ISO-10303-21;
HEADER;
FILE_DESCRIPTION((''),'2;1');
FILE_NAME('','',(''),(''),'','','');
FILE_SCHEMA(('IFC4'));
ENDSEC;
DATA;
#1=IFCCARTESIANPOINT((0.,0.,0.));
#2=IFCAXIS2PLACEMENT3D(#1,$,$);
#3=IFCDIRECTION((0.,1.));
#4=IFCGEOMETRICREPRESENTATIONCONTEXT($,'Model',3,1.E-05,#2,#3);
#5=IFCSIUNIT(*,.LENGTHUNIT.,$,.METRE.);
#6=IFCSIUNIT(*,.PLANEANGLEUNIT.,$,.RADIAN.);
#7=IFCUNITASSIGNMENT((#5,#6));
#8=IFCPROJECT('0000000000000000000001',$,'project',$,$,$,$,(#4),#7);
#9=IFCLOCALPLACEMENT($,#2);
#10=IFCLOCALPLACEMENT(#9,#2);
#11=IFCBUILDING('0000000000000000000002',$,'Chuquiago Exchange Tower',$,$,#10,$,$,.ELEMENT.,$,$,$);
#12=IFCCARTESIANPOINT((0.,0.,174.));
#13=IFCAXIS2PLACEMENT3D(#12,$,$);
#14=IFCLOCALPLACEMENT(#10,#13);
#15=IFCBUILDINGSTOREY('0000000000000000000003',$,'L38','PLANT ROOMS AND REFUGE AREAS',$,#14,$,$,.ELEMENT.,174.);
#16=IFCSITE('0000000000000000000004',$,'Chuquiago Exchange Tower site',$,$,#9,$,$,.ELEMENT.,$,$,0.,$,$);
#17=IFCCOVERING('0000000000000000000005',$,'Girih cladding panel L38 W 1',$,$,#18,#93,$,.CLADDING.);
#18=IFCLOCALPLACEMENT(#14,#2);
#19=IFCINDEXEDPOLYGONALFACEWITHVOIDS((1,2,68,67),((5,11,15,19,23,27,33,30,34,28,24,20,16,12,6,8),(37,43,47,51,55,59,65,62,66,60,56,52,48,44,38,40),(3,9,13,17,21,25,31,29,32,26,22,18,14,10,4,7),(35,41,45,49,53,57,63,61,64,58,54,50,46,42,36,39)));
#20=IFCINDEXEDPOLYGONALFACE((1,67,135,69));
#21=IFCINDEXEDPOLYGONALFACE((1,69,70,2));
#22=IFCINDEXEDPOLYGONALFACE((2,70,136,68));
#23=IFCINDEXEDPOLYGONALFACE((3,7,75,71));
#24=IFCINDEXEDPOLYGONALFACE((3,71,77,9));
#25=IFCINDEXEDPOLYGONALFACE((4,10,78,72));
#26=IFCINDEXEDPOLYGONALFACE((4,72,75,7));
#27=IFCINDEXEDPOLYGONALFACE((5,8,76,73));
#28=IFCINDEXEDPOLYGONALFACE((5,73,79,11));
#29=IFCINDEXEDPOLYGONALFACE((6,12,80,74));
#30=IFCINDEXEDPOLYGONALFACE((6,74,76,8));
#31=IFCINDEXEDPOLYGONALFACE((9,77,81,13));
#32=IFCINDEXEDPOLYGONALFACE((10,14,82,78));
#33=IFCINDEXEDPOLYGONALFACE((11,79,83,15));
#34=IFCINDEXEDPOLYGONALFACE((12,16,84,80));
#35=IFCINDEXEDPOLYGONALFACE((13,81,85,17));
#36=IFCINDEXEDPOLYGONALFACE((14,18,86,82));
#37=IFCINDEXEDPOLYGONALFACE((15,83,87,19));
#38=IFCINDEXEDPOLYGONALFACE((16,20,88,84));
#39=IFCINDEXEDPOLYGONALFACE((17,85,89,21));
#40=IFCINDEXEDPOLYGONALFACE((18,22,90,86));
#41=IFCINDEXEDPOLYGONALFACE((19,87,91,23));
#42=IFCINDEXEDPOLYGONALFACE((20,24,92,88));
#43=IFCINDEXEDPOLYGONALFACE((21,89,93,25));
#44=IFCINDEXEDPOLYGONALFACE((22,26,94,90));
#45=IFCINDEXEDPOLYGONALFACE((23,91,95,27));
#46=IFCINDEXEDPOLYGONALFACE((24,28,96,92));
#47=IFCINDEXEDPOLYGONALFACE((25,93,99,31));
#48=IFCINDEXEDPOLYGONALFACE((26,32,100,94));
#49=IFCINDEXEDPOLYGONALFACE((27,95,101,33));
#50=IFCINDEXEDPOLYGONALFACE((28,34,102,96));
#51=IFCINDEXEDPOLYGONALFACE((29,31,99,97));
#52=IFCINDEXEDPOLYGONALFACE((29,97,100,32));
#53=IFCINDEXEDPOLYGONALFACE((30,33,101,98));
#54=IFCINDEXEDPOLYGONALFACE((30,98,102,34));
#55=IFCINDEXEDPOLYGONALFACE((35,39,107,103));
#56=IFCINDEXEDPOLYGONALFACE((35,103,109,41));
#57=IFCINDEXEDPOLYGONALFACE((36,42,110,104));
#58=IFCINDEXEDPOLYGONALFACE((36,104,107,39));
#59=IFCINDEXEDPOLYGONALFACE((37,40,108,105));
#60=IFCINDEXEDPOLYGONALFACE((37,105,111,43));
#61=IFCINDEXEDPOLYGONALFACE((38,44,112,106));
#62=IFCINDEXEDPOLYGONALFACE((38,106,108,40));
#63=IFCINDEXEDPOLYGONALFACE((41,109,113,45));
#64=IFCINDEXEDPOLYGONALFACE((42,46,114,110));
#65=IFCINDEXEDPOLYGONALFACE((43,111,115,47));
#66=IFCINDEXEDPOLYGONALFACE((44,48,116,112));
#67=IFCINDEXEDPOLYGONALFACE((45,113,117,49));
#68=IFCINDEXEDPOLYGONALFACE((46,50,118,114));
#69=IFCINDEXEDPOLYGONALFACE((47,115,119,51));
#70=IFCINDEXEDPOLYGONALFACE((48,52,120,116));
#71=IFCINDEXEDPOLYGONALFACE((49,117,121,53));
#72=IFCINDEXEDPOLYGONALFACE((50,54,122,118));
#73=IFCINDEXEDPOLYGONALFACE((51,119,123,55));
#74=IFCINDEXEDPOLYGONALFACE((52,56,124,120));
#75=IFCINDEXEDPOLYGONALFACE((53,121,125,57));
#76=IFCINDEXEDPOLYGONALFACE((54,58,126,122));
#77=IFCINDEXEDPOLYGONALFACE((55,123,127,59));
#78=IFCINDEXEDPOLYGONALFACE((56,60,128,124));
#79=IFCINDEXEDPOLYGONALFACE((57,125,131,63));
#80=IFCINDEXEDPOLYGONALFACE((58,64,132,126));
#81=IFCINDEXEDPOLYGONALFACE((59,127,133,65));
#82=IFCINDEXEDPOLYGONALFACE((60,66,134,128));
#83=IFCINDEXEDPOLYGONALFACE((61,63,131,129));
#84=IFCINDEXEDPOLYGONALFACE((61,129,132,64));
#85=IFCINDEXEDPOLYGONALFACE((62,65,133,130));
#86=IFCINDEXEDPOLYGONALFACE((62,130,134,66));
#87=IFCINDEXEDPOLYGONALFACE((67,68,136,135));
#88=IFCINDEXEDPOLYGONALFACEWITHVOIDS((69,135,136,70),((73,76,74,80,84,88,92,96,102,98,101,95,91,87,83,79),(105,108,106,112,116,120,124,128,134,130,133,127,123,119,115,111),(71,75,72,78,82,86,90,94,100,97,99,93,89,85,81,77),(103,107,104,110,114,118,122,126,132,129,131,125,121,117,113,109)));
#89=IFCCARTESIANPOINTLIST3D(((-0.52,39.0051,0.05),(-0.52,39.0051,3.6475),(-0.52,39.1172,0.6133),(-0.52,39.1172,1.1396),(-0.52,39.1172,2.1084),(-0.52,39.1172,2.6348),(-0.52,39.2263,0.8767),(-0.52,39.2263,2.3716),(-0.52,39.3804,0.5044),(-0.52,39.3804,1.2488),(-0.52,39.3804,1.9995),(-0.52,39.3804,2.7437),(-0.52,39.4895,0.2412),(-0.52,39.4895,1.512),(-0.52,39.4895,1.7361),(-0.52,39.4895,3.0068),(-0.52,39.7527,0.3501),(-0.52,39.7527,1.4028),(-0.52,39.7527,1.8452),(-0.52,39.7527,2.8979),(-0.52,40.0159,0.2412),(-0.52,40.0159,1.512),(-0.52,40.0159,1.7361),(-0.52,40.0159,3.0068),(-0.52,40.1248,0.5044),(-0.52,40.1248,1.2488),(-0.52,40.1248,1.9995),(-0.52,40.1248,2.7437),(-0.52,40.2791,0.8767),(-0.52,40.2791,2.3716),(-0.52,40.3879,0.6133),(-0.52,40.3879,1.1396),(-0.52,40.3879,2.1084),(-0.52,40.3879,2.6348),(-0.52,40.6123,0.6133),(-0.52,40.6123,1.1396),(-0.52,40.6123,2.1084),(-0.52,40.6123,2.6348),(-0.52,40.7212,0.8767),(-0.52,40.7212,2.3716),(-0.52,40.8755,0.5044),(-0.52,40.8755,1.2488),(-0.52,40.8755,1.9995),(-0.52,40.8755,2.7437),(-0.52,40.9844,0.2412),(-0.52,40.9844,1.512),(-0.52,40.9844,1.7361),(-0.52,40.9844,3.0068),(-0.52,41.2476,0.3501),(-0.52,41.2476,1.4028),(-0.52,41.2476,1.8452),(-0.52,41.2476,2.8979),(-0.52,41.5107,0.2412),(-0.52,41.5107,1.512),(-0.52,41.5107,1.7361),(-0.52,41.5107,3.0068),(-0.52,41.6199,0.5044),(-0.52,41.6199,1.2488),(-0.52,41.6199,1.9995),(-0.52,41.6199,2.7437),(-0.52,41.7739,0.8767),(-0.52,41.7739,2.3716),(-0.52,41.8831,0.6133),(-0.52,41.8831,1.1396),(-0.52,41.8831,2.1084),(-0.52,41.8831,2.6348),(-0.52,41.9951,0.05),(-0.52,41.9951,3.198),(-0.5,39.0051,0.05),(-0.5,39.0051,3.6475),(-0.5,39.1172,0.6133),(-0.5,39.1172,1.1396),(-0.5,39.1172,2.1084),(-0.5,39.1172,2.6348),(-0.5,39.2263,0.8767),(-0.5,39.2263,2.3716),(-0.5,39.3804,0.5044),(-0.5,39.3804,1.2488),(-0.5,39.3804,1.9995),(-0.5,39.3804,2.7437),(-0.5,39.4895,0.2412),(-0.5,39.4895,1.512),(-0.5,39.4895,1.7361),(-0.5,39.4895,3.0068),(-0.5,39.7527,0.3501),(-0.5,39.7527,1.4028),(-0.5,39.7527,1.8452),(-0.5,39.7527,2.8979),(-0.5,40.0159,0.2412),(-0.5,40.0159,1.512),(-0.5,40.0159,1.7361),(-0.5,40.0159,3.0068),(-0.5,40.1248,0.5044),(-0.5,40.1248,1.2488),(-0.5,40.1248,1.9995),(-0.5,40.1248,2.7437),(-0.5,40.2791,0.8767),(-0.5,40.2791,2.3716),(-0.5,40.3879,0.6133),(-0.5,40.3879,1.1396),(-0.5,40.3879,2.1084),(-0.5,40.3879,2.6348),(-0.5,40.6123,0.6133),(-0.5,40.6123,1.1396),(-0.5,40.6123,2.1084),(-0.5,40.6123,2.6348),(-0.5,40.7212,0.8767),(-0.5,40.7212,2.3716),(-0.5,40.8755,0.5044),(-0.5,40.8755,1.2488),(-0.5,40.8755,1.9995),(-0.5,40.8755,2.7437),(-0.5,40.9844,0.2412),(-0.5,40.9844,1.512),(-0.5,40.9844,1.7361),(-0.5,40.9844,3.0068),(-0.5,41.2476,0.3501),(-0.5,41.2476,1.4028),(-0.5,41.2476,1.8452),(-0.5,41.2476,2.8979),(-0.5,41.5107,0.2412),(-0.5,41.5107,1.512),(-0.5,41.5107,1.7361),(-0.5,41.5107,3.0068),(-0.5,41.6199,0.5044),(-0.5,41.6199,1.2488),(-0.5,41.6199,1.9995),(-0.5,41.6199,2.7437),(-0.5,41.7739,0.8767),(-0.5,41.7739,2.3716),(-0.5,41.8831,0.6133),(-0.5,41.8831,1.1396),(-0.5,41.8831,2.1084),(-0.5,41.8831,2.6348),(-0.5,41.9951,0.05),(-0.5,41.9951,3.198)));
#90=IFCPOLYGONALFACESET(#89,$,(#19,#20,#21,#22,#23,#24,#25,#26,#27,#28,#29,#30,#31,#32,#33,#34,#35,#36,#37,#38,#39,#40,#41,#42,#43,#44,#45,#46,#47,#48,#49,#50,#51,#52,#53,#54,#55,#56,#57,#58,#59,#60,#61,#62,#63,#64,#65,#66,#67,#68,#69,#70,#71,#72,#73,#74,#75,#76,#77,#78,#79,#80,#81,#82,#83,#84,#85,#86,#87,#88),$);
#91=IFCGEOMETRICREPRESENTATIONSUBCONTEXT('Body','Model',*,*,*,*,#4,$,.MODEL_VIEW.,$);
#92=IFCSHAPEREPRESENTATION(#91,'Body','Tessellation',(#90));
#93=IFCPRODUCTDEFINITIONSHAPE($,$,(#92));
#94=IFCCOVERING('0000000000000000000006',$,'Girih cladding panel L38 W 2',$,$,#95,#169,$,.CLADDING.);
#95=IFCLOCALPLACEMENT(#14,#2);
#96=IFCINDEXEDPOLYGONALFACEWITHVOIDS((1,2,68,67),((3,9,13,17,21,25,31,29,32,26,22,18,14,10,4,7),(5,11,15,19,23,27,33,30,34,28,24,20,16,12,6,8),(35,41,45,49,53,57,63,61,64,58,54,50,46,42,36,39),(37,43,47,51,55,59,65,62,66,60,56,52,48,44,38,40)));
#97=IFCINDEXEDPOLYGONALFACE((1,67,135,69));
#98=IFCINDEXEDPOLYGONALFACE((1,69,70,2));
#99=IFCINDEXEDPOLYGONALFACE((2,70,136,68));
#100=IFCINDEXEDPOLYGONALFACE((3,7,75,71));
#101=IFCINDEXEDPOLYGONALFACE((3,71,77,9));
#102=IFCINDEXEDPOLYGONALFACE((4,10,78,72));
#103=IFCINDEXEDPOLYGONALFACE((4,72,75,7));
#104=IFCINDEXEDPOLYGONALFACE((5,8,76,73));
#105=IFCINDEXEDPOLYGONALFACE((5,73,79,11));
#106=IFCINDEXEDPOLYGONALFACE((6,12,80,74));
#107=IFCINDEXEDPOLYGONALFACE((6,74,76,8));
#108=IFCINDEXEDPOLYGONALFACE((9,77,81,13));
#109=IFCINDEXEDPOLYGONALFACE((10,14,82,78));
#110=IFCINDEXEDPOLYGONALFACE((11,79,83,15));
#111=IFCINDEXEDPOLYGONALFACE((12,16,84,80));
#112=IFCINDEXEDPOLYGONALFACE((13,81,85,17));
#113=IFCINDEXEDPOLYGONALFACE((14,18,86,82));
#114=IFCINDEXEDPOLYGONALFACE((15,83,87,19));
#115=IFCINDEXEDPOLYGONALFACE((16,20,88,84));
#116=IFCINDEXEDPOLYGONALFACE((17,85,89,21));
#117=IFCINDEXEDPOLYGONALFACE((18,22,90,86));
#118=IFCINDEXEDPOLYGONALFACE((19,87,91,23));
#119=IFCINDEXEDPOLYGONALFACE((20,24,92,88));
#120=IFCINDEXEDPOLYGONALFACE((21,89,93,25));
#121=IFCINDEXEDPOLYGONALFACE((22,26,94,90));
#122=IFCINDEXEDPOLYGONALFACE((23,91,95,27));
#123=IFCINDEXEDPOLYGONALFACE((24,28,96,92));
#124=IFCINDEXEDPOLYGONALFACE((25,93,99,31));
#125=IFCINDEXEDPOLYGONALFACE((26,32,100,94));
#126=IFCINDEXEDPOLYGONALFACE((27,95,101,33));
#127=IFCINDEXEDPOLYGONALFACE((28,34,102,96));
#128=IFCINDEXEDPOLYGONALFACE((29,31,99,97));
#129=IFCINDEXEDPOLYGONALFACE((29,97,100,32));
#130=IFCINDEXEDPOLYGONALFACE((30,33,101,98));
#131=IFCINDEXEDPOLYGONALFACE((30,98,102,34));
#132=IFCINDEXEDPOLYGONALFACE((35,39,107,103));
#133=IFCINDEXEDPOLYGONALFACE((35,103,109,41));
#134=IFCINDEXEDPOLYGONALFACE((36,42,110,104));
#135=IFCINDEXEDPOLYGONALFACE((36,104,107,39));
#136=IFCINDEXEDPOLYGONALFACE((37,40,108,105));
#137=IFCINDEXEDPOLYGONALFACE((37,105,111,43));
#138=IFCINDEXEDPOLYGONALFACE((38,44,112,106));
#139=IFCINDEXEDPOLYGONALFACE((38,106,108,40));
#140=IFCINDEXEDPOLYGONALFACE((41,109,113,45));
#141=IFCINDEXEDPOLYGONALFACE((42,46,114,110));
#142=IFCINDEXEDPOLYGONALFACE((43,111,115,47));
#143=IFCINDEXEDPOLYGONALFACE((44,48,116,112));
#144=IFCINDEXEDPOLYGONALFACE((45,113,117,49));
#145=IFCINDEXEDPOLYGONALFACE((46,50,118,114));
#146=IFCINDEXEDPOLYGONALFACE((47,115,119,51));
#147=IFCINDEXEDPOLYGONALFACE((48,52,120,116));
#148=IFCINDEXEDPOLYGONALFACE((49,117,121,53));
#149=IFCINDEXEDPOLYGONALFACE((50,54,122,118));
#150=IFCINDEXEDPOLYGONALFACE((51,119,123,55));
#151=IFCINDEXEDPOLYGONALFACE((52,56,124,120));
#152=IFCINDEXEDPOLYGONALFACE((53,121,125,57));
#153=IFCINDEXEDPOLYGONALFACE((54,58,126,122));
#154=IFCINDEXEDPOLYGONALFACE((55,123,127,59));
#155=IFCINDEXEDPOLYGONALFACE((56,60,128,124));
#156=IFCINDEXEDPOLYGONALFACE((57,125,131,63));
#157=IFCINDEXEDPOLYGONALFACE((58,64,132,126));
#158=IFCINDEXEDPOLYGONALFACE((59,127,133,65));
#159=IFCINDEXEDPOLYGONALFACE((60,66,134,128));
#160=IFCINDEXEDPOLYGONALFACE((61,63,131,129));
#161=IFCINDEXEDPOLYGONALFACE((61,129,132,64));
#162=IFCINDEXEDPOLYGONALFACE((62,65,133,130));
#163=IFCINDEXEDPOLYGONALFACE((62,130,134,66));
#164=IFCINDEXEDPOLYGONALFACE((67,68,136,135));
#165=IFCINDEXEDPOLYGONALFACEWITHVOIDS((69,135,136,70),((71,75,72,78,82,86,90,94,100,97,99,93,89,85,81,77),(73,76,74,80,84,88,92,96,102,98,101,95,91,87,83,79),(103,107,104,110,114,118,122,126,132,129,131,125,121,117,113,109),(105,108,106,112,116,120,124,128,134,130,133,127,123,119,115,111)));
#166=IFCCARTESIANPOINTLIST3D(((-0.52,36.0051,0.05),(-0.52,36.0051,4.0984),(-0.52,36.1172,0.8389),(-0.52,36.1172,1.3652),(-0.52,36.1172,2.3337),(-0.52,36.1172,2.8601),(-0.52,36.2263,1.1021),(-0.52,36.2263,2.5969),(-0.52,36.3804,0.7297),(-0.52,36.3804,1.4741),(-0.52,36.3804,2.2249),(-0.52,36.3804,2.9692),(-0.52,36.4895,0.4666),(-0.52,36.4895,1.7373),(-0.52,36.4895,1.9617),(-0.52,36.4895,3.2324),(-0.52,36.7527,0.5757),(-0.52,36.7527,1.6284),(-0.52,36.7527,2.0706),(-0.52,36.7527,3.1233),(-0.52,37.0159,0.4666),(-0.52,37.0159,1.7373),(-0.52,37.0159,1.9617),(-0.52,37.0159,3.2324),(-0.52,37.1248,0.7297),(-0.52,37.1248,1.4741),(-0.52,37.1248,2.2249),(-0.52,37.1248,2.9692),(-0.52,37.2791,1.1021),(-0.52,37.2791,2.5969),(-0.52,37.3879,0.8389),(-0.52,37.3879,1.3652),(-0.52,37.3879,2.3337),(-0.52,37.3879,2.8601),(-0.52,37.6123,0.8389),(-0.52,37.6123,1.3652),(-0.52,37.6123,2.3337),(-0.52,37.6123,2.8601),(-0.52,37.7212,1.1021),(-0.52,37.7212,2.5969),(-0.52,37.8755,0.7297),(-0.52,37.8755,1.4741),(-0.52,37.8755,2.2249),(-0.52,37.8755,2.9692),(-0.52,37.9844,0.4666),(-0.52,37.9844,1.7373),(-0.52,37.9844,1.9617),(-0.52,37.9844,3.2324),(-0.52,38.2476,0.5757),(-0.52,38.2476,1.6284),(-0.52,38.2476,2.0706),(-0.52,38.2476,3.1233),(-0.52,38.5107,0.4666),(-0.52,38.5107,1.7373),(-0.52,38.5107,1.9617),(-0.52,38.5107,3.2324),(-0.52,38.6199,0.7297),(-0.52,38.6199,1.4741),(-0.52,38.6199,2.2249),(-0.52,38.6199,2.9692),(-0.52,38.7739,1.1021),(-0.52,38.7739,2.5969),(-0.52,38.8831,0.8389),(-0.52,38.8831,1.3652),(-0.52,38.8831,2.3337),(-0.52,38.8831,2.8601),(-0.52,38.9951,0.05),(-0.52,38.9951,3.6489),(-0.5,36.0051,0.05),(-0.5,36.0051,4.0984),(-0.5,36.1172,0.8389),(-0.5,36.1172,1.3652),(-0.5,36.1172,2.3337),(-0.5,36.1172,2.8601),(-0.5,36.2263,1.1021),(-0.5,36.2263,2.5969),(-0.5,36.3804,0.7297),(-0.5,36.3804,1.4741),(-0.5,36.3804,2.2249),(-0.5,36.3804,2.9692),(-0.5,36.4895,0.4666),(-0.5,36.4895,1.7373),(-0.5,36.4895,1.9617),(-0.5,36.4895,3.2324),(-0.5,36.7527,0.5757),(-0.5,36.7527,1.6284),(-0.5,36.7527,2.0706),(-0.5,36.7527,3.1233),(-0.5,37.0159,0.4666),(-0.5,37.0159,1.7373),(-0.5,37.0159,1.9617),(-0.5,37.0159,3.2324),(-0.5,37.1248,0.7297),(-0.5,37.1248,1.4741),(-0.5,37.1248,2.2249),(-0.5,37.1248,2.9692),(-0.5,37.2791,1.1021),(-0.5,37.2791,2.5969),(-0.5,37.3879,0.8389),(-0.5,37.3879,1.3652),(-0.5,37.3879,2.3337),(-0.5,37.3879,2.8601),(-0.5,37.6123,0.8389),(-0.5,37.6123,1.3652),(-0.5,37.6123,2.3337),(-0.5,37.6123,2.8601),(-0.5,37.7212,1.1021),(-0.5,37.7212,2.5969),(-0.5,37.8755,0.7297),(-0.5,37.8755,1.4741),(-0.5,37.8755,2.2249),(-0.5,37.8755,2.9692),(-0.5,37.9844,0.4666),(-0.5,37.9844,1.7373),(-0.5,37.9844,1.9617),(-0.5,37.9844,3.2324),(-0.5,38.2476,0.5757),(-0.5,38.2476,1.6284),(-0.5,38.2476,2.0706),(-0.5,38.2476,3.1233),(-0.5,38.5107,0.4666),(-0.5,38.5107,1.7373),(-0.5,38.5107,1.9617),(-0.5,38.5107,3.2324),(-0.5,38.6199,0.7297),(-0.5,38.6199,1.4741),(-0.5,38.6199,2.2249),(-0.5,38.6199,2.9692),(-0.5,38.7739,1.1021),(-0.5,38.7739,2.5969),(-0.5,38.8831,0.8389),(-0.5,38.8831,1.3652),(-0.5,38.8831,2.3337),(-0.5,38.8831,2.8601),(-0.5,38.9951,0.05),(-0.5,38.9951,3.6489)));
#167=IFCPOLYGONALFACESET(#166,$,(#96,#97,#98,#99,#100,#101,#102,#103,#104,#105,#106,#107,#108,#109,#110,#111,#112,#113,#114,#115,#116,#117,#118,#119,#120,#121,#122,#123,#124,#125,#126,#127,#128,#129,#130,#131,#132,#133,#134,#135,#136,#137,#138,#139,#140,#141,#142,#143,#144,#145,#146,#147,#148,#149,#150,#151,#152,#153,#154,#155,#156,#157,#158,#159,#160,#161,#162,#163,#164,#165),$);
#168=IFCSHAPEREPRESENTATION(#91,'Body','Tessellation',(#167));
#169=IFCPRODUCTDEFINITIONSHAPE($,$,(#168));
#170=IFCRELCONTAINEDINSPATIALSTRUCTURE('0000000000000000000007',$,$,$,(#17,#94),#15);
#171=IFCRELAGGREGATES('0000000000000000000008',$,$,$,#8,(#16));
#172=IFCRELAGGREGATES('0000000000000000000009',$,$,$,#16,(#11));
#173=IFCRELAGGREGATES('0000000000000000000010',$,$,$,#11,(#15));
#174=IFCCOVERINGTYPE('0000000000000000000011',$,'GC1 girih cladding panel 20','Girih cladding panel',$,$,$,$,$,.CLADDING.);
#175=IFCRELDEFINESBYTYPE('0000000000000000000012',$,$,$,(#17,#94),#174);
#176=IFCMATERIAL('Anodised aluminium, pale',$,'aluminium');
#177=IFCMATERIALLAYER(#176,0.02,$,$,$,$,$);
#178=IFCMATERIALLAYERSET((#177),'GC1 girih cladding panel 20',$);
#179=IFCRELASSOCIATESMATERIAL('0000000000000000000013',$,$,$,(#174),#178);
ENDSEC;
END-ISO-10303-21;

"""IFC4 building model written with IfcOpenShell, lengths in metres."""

from ifc_helpers import new_model, si_unit, direction, frame, origin, place, context, subcontext, project, spatial, polyline, outline, extrude, material, layer, layer_set, type_object, element, save


model = new_model("IFC4")

# Units and contexts
model_context = context("Model", 3, precision=1e-05, world=origin(), true_north=direction((0.0, 1.0)))
body_context = subcontext(model_context, "Body", "Model", "MODEL_VIEW")
ifc_project = project(units=[si_unit("LENGTHUNIT", "METRE"), si_unit("PLANEANGLEUNIT", "RADIAN")], contexts=[model_context])

# Site, building, storey
site_placement = place(None, origin())
site = spatial("IfcSite", under=ifc_project, at=site_placement, Name="Chuquiago Exchange Tower site", CompositionType="ELEMENT", RefElevation=0.0)
building_placement = place(site_placement, origin())
building = spatial("IfcBuilding", under=site, at=building_placement, Name="Chuquiago Exchange Tower", CompositionType="ELEMENT")
storey_placement = place(building_placement, frame((0.0, 0.0, 174.0)))
storey = spatial("IfcBuildingStorey", under=building, at=storey_placement, Name="L38", Description="PLANT ROOMS AND REFUGE AREAS", CompositionType="ELEMENT", Elevation=174.0)

# Coverings
ifc_material_1 = material(Name="Anodised aluminium, pale", Category="aluminium")
ifc_layer_1 = layer(ifc_material_1, 0.02)
ifc_layer_set_1 = layer_set([ifc_layer_1], Name="GC1 girih cladding panel 20")
covering_type_1 = type_object("IfcCoveringType", Name="GC1 girih cladding panel 20", Description="Girih cladding panel", PredefinedType="CLADDING", material=ifc_layer_set_1)
covering_1_placement = place(storey_placement, frame((-0.5, 41.9951, 0.05), z_axis=(0.0, 0.0, 1.0), x_axis=(0.0, -1.0, 0.0)))
element("IfcCovering", 1, at=covering_1_placement, inside=storey, type_object=covering_type_1, Name="Girih cladding panel L38 W 1", PredefinedType="CLADDING", context=body_context, shape_type="SweptSolid", body=[
    extrude(outline(polyline([(0.0, 0.0), (2.99, 0.0), (2.99, 3.5974), (0.0, 3.1479), (0.0, 0.0)]), holes=[polyline([(1.2739, 0.8267), (1.3828, 1.0896), (1.1196, 1.1987), (1.0107, 1.4619), (0.7476, 1.3528), (0.4844, 1.4619), (0.3752, 1.1987), (0.1121, 1.0896), (0.2212, 0.8267), (0.1121, 0.5632), (0.3752, 0.4543), (0.4844, 0.1912), (0.7476, 0.3), (1.0107, 0.1912), (1.1196, 0.4543), (1.3828, 0.5632), (1.2739, 0.8267)]), polyline([(2.7688, 0.8267), (2.8779, 1.0896), (2.6147, 1.1987), (2.5056, 1.4619), (2.2424, 1.3528), (1.9792, 1.4619), (1.8704, 1.1987), (1.6072, 1.0896), (1.7161, 0.8267), (1.6072, 0.5632), (1.8704, 0.4543), (1.9792, 0.1912), (2.2424, 0.3), (2.5056, 0.1912), (2.6147, 0.4543), (2.8779, 0.5632), (2.7688, 0.8267)]), polyline([(1.2739, 2.3215), (1.3828, 2.5847), (1.1196, 2.6936), (1.0107, 2.9568), (0.7476, 2.8479), (0.4844, 2.9568), (0.3752, 2.6936), (0.1121, 2.5847), (0.2212, 2.3215), (0.1121, 2.0583), (0.3752, 1.9495), (0.4844, 1.686), (0.7476, 1.7952), (1.0107, 1.686), (1.1196, 1.9495), (1.3828, 2.0583), (1.2739, 2.3215)]), polyline([(2.7688, 2.3215), (2.8779, 2.5847), (2.6147, 2.6936), (2.5056, 2.9568), (2.2424, 2.8479), (1.9792, 2.9568), (1.8704, 2.6936), (1.6072, 2.5847), (1.7161, 2.3215), (1.6072, 2.0583), (1.8704, 1.9495), (1.9792, 1.686), (2.2424, 1.7952), (2.5056, 1.686), (2.6147, 1.9495), (2.8779, 2.0583), (2.7688, 2.3215)])]), frame((0.0, 0.0, 0.0), z_axis=(0.0, -1.0, 0.0), x_axis=(1.0, 0.0, 0.0)), (0.0, 0.0, 1.0), 0.02),
])
covering_2_placement = place(storey_placement, frame((-0.5, 38.9951, 0.05), z_axis=(0.0, 0.0, 1.0), x_axis=(0.0, -1.0, 0.0)))
element("IfcCovering", 2, at=covering_2_placement, inside=storey, type_object=covering_type_1, Name="Girih cladding panel L38 W 2", PredefinedType="CLADDING", context=body_context, shape_type="SweptSolid", body=[
    extrude(outline(polyline([(0.0, 0.0), (2.99, 0.0), (2.99, 4.0483), (0.0, 3.5989), (0.0, 0.0)]), holes=[polyline([(1.2739, 1.052), (1.3828, 1.3152), (1.1196, 1.4241), (1.0107, 1.6873), (0.7476, 1.5784), (0.4844, 1.6873), (0.3752, 1.4241), (0.1121, 1.3152), (0.2212, 1.052), (0.1121, 0.7888), (0.3752, 0.6797), (0.4844, 0.4165), (0.7476, 0.5256), (1.0107, 0.4165), (1.1196, 0.6797), (1.3828, 0.7888), (1.2739, 1.052)]), polyline([(2.7688, 1.052), (2.8779, 1.3152), (2.6147, 1.4241), (2.5056, 1.6873), (2.2424, 1.5784), (1.9792, 1.6873), (1.8704, 1.4241), (1.6072, 1.3152), (1.7161, 1.052), (1.6072, 0.7888), (1.8704, 0.6797), (1.9792, 0.4165), (2.2424, 0.5256), (2.5056, 0.4165), (2.6147, 0.6797), (2.8779, 0.7888), (2.7688, 1.052)]), polyline([(1.2739, 2.5469), (1.3828, 2.8101), (1.1196, 2.9192), (1.0107, 3.1824), (0.7476, 3.0732), (0.4844, 3.1824), (0.3752, 2.9192), (0.1121, 2.8101), (0.2212, 2.5469), (0.1121, 2.2837), (0.3752, 2.1748), (0.4844, 1.9116), (0.7476, 2.0205), (1.0107, 1.9116), (1.1196, 2.1748), (1.3828, 2.2837), (1.2739, 2.5469)]), polyline([(2.7688, 2.5469), (2.8779, 2.8101), (2.6147, 2.9192), (2.5056, 3.1824), (2.2424, 3.0732), (1.9792, 3.1824), (1.8704, 2.9192), (1.6072, 2.8101), (1.7161, 2.5469), (1.6072, 2.2837), (1.8704, 2.1748), (1.9792, 1.9116), (2.2424, 2.0205), (2.5056, 1.9116), (2.6147, 2.1748), (2.8779, 2.2837), (2.7688, 2.5469)])]), frame((0.0, 0.0, 0.0), z_axis=(0.0, -1.0, 0.0), x_axis=(1.0, 0.0, 0.0)), (0.0, 0.0, 1.0), 0.02),
])

save(model, "model.ifc")
